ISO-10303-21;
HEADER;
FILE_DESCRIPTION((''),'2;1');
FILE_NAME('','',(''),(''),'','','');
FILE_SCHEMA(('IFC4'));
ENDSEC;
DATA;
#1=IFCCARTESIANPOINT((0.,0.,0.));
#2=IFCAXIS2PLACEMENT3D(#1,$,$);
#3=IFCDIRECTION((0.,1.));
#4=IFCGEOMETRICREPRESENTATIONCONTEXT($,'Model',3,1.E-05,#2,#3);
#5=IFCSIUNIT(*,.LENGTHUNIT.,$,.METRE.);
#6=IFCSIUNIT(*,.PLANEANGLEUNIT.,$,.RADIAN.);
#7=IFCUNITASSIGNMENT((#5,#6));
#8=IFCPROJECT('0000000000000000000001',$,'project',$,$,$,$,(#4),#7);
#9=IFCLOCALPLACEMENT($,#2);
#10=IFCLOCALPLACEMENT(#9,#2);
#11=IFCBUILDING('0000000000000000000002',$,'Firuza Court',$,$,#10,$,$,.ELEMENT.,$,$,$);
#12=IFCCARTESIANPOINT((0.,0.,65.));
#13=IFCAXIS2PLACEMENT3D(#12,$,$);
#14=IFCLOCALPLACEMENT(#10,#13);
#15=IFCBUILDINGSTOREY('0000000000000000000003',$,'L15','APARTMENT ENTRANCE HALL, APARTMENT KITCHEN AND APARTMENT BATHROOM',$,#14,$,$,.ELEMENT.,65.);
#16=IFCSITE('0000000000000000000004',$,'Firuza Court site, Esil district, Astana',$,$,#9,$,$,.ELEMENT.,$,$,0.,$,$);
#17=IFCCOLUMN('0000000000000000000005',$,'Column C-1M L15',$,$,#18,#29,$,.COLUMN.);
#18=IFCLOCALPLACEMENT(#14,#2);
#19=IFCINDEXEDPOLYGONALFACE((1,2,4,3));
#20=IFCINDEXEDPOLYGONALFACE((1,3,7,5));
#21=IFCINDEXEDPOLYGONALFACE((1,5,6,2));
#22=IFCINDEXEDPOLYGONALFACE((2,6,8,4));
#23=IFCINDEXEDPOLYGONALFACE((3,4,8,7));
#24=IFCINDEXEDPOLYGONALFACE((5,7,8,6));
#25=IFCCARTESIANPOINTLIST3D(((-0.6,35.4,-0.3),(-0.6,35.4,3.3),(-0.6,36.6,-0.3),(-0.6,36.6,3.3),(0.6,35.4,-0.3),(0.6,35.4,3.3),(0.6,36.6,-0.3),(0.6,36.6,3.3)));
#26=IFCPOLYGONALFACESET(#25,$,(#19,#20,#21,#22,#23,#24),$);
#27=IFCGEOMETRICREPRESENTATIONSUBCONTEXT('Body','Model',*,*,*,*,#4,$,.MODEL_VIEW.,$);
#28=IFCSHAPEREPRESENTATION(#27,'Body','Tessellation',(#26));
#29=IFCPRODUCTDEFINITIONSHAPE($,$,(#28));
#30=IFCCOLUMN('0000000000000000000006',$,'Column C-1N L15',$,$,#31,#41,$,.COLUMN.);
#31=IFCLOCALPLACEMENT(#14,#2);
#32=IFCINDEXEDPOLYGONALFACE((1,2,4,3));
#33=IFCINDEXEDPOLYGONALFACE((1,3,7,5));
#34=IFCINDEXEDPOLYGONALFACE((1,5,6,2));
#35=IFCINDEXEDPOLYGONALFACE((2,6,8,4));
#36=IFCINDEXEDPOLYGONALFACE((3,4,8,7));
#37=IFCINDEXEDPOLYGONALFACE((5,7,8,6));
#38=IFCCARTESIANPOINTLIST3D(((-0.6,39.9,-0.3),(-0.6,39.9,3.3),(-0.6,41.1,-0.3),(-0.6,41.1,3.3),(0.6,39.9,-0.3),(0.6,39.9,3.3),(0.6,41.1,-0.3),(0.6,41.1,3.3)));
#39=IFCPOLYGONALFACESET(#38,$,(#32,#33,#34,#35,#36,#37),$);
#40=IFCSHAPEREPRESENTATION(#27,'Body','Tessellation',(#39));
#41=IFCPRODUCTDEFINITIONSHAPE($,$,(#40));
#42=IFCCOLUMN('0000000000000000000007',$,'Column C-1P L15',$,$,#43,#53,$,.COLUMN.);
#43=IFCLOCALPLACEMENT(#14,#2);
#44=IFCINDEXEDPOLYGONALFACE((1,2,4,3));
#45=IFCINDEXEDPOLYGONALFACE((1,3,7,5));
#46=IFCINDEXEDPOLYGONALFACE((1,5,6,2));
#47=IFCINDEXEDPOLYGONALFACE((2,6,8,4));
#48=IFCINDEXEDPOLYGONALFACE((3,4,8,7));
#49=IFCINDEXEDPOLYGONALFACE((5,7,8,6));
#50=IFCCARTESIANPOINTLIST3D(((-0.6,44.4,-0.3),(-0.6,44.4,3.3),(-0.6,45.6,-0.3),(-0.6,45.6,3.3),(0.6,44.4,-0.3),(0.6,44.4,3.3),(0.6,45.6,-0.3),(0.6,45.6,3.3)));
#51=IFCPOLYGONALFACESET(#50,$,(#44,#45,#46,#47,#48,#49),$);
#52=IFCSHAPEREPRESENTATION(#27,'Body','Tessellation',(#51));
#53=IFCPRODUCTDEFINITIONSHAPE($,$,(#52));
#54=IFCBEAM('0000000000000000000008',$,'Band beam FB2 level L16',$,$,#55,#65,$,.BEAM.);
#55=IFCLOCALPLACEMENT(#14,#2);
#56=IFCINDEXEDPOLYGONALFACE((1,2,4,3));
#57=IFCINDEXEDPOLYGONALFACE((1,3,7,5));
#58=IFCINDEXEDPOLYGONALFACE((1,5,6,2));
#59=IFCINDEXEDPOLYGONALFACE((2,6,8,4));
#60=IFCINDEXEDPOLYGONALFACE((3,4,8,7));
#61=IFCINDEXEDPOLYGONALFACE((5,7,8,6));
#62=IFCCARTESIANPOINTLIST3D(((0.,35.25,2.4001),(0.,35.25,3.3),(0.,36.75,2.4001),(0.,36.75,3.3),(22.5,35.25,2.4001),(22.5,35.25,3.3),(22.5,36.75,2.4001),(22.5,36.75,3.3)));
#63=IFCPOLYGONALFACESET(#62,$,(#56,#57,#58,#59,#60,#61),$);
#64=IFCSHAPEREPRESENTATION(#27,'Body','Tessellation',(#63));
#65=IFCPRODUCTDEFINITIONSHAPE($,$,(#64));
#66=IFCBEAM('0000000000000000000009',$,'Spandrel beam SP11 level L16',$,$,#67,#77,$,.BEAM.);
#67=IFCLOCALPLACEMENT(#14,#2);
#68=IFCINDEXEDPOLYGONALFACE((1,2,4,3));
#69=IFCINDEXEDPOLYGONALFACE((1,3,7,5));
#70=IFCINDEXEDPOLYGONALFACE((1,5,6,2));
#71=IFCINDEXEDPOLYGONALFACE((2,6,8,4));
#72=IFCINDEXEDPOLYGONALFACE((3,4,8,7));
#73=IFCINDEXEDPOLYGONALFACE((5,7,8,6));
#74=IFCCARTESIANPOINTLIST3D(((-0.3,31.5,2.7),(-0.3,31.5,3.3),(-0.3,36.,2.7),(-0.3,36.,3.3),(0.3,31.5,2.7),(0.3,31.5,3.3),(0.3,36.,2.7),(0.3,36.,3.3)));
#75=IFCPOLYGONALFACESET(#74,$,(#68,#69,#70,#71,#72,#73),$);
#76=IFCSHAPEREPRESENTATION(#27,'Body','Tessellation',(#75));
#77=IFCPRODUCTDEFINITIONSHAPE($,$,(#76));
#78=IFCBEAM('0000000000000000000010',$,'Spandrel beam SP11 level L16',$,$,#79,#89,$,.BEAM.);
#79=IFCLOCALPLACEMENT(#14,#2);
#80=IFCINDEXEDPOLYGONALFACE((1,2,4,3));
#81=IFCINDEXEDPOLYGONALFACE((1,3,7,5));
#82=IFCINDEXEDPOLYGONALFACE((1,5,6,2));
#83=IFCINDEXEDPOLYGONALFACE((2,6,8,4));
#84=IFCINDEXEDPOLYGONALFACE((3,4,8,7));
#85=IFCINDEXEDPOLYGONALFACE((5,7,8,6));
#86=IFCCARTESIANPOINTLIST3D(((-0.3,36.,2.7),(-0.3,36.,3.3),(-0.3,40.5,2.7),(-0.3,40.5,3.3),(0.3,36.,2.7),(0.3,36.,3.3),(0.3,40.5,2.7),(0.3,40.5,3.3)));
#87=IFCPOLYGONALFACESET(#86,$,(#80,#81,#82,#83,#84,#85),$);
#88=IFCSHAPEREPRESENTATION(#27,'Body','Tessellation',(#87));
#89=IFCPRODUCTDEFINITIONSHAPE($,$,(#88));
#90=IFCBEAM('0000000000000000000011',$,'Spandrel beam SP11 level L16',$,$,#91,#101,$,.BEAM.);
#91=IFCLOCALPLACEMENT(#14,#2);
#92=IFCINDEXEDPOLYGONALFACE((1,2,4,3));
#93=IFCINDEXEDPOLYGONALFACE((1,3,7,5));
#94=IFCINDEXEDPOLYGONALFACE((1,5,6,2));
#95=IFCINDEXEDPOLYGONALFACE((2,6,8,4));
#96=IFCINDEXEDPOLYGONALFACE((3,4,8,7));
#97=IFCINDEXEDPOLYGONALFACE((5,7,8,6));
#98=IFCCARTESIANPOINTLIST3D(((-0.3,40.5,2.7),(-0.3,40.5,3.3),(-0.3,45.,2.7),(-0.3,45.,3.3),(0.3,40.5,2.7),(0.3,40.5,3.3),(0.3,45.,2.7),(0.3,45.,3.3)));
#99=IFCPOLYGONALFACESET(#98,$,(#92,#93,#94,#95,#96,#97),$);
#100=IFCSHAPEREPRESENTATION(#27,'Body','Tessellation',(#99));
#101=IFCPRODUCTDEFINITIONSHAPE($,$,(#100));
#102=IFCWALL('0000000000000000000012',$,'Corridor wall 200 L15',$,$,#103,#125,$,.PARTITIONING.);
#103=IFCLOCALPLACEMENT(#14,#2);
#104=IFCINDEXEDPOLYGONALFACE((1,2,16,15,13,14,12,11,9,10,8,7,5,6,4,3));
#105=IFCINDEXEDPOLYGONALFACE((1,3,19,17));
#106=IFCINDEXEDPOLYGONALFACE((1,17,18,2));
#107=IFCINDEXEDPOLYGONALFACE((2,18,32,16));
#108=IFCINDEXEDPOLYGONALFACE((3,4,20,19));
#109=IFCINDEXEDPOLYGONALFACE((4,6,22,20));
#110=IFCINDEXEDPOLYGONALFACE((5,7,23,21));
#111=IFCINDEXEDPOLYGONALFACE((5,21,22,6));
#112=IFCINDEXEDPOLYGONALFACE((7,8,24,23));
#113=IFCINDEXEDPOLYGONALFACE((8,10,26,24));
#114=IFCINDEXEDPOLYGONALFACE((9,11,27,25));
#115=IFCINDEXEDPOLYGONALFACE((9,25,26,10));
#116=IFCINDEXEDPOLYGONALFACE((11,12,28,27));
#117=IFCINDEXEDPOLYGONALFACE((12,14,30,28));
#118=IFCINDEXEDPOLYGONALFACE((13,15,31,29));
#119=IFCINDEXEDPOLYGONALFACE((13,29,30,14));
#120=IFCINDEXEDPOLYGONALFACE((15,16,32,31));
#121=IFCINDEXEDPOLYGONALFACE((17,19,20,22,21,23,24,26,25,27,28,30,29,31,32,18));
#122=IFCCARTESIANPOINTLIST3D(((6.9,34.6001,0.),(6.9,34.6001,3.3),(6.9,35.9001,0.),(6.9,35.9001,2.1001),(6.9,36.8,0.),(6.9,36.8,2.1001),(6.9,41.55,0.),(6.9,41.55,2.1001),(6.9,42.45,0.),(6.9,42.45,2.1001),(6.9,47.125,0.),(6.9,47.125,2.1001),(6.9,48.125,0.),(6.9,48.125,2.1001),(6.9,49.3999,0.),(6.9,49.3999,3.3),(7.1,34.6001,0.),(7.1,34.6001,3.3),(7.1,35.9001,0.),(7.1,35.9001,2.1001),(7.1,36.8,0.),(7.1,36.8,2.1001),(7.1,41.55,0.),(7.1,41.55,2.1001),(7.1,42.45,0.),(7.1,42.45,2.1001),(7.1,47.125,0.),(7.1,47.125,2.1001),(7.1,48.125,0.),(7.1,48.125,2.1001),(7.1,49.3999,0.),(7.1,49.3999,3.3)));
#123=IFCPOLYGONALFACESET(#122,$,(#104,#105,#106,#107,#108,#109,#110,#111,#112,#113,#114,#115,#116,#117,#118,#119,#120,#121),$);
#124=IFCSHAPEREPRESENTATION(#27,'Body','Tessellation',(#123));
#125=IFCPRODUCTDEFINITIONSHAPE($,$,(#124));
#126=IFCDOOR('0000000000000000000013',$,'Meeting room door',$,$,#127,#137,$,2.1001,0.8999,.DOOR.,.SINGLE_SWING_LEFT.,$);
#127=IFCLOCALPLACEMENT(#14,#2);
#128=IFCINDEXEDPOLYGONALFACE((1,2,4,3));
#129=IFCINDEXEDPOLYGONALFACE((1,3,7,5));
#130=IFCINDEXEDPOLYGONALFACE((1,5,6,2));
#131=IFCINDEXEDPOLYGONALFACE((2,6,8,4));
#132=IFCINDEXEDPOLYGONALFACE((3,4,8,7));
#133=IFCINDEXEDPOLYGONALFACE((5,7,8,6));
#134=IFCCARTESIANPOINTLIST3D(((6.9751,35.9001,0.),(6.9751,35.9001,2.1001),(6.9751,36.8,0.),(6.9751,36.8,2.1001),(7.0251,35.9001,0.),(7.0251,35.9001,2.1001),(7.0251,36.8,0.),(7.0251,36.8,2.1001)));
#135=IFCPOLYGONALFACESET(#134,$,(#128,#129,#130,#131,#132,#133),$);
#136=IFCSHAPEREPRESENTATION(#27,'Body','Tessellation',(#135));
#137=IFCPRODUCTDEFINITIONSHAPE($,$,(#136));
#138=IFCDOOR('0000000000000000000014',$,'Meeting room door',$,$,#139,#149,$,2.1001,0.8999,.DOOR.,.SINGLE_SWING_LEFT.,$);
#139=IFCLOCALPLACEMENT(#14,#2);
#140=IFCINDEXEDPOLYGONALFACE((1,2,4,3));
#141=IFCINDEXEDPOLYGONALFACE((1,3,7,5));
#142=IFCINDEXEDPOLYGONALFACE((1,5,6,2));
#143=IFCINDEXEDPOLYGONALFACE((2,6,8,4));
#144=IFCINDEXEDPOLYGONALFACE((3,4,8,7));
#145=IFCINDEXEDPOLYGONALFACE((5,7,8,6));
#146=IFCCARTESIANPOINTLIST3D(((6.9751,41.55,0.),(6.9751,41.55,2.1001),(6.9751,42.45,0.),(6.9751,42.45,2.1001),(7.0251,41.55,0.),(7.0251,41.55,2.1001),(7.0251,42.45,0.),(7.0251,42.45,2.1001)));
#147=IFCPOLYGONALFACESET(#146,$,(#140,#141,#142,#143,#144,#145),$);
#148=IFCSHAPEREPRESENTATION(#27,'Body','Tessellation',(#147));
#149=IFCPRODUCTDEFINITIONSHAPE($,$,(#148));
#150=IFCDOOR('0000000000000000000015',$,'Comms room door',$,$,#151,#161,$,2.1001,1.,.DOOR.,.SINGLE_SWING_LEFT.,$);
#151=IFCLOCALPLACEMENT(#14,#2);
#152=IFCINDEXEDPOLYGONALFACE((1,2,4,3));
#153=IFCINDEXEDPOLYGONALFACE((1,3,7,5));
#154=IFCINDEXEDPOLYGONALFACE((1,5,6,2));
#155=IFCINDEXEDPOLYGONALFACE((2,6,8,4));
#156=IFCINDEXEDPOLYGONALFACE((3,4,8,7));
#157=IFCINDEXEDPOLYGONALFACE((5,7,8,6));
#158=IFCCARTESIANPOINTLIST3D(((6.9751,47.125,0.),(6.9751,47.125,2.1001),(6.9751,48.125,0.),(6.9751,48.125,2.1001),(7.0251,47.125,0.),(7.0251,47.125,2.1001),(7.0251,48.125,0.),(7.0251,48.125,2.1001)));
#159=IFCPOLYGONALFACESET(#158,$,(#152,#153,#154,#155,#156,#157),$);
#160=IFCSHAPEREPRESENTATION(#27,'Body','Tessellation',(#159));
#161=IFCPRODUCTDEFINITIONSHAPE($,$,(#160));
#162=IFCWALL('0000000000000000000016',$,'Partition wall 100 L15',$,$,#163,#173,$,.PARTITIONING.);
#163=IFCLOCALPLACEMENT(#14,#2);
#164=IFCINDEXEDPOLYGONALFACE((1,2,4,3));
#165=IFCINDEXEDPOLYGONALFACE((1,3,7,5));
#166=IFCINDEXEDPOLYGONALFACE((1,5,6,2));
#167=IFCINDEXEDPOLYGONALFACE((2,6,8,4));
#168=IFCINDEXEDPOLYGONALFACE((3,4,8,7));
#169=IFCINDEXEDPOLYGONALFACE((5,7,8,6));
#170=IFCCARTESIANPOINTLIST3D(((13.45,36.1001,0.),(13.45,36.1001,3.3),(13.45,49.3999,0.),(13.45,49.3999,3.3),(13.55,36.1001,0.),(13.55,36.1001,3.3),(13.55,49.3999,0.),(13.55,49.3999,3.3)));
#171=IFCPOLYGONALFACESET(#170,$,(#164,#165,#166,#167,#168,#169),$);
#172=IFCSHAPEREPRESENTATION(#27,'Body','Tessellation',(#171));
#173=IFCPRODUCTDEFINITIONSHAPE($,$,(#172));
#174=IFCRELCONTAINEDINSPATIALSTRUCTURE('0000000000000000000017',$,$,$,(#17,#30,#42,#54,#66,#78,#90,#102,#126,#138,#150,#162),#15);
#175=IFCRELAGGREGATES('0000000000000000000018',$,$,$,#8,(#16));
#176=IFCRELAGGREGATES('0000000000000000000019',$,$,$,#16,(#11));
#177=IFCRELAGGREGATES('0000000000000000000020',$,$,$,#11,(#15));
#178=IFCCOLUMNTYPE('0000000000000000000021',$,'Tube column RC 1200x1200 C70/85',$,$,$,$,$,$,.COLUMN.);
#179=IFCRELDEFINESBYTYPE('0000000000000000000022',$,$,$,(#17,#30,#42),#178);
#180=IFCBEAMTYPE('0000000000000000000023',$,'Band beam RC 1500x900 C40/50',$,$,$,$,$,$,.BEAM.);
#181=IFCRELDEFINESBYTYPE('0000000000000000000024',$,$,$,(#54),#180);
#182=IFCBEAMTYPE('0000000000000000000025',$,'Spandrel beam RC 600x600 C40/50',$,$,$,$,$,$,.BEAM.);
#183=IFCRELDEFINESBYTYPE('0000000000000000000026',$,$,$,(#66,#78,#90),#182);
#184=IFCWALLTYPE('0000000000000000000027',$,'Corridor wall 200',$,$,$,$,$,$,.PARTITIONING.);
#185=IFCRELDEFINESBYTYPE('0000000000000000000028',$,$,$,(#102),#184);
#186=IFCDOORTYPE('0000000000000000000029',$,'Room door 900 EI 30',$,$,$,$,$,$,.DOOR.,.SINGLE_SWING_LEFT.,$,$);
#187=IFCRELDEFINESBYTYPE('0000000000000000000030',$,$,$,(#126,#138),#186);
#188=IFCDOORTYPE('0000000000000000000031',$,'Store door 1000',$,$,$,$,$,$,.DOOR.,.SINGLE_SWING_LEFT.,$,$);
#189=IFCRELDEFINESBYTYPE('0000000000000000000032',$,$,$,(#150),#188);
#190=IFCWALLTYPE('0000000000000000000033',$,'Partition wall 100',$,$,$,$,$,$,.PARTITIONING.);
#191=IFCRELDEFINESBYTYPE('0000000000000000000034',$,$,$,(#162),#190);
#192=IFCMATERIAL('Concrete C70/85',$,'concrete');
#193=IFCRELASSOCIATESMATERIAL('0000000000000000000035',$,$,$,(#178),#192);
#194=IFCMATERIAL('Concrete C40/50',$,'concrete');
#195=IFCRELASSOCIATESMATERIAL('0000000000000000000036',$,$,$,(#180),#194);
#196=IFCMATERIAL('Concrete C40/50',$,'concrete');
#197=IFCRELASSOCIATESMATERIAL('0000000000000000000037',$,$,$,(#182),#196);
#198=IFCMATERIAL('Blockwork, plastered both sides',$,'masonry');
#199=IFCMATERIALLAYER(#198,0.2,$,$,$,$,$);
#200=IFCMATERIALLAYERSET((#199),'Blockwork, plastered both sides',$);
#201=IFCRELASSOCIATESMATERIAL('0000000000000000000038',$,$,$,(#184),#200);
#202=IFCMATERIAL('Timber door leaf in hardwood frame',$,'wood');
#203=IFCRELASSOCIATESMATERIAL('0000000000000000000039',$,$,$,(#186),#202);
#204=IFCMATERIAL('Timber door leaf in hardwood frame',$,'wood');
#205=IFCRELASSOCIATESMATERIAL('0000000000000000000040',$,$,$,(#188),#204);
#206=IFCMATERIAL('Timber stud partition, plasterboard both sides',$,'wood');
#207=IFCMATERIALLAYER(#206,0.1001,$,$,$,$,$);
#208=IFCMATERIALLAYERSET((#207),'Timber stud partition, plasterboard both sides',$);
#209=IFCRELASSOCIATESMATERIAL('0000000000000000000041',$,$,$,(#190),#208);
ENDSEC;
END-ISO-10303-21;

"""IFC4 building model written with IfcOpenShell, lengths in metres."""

from ifc_helpers import new_model, si_unit, direction, frame, frame_2d, origin, origin_2d, place, context, subcontext, project, spatial, rectangle, extrude, material, layer, layer_set, material_profile, profile_set, type_object, element, fill, save


model = new_model("IFC4")

# Units and contexts
model_context = context("Model", 3, precision=1e-05, world=origin(), true_north=direction((0.0, 1.0)))
body_context = subcontext(model_context, "Body", "Model", "MODEL_VIEW")
ifc_project = project(units=[si_unit("LENGTHUNIT", "METRE"), si_unit("PLANEANGLEUNIT", "RADIAN")], contexts=[model_context])

# Site, building, storey
site_placement = place(None, origin())
site = spatial("IfcSite", under=ifc_project, at=site_placement, Name="Firuza Court site, Esil district, Astana", CompositionType="ELEMENT", RefElevation=0.0)
building_placement = place(site_placement, origin())
building = spatial("IfcBuilding", under=site, at=building_placement, Name="Firuza Court", CompositionType="ELEMENT")
storey_placement = place(building_placement, frame((0.0, 0.0, 65.0)))
storey = spatial("IfcBuildingStorey", under=building, at=storey_placement, Name="L15", Description="APARTMENT ENTRANCE HALL, APARTMENT KITCHEN AND APARTMENT BATHROOM", CompositionType="ELEMENT", Elevation=65.0)

# Columns
ifc_material_1 = material(Name="Concrete C70/85", Category="concrete")
ifc_material_profile_1 = material_profile(ifc_material_1, rectangle(XDim=1.2, YDim=1.2, at=origin_2d()), Name="RC 1200x1200")
ifc_profile_set_1 = profile_set([ifc_material_profile_1], Name="Concrete C70/85")
column_type = type_object("IfcColumnType", Name="Tube column RC 1200x1200 C70/85", PredefinedType="COLUMN", material=ifc_profile_set_1)
for number, where, z_axis, x_axis, name in (
    (1, (0.0, 36.0, -0.3), (0.0, 0.0, 1.0), (1.0, 0.0, 0.0), "Column C-1M L15"),
    (2, (0.0, 40.5, -0.3), (0.0, 0.0, 1.0), (1.0, 0.0, 0.0), "Column C-1N L15"),
    (3, (0.0, 45.0, -0.3), (0.0, 0.0, 1.0), (1.0, 0.0, 0.0), "Column C-1P L15"),
):
    element("IfcColumn", number, at=place(storey_placement, frame(where, z_axis=z_axis, x_axis=x_axis)), inside=storey, type_object=column_type, Name=name, PredefinedType="COLUMN", context=body_context, shape_type="SweptSolid", body=[
        extrude(rectangle(XDim=1.2, YDim=1.2, at=origin_2d()), origin(), (0.0, 0.0, 1.0), 3.6001),
    ])

# Beams
ifc_material_2 = material(Name="Concrete C40/50", Category="concrete")
ifc_material_profile_2 = material_profile(ifc_material_2, rectangle(XDim=1.5, YDim=0.8999, at=origin_2d()), Name="RC 1500x900")
ifc_profile_set_2 = profile_set([ifc_material_profile_2], Name="Concrete C40/50")
beam_type_1 = type_object("IfcBeamType", Name="Band beam RC 1500x900 C40/50", PredefinedType="BEAM", material=ifc_profile_set_2)
beam_placement = place(storey_placement, frame((0.0, 36.0, 2.8501), z_axis=(1.0, 0.0, 0.0), x_axis=(0.0, 1.0, 0.0)))
element("IfcBeam", 4, at=beam_placement, inside=storey, type_object=beam_type_1, Name="Band beam FB2 level L16", PredefinedType="BEAM", context=body_context, shape_type="SweptSolid", body=[
    extrude(rectangle(XDim=1.5, YDim=0.8999, at=origin_2d()), origin(), (0.0, 0.0, 1.0), 22.5),
])
ifc_material_3 = material(Name="Concrete C40/50", Category="concrete")
ifc_material_profile_3 = material_profile(ifc_material_3, rectangle(XDim=0.6001, YDim=0.6001, at=origin_2d()), Name="RC 600x600")
ifc_profile_set_3 = profile_set([ifc_material_profile_3], Name="Concrete C40/50")
beam_type_2 = type_object("IfcBeamType", Name="Spandrel beam RC 600x600 C40/50", PredefinedType="BEAM", material=ifc_profile_set_3)
for number, where, z_axis, x_axis, name in (
    (5, (0.0, 36.0, 3.0), (0.0, -1.0, 0.0), (1.0, 0.0, 0.0), "Spandrel beam SP11 level L16"),
    (6, (0.0, 40.5, 3.0), (0.0, -1.0, 0.0), (1.0, 0.0, 0.0), "Spandrel beam SP11 level L16"),
    (7, (0.0, 45.0, 3.0), (0.0, -1.0, 0.0), (1.0, 0.0, 0.0), "Spandrel beam SP11 level L16"),
):
    element("IfcBeam", number, at=place(storey_placement, frame(where, z_axis=z_axis, x_axis=x_axis)), inside=storey, type_object=beam_type_2, Name=name, PredefinedType="BEAM", context=body_context, shape_type="SweptSolid", body=[
        extrude(rectangle(XDim=0.6001, YDim=0.6001, at=origin_2d()), origin(), (0.0, 0.0, 1.0), 4.5),
    ])

# Wall, openings, doors
ifc_material_4 = material(Name="Blockwork, plastered both sides", Category="masonry")
ifc_layer_1 = layer(ifc_material_4, 0.2)
ifc_layer_set_1 = layer_set([ifc_layer_1], Name="Blockwork, plastered both sides")
wall_type_1 = type_object("IfcWallType", Name="Corridor wall 200", PredefinedType="PARTITIONING", material=ifc_layer_set_1)
wall_1_placement = place(storey_placement, frame((7.0, 34.6001, 0.0), z_axis=(0.0, 0.0, 1.0), x_axis=(0.0, 1.0, 0.0)))
wall_1 = element("IfcWall", 8, at=wall_1_placement, inside=storey, type_object=wall_type_1, Name="Corridor wall 200 L15", PredefinedType="PARTITIONING", context=body_context, shape_type="SweptSolid", body=[
    extrude(rectangle(XDim=14.7998, YDim=0.2, at=frame_2d((7.3999, 0.0))), origin(), (0.0, 0.0, 1.0), 3.3),
])
opening_1_placement = place(wall_1_placement, frame((1.3, 0.0, 0.0)))
opening_1 = element("IfcOpeningElement", 9, at=opening_1_placement, cuts=wall_1, PredefinedType="OPENING", context=body_context, shape_type="SweptSolid", body=[
    extrude(rectangle(XDim=0.8999, YDim=2.1001, at=frame_2d((0.45, 1.05))), frame((0.0, 0.1118, 0.0), z_axis=(0.0, -1.0, 0.0), x_axis=(1.0, 0.0, 0.0)), (0.0, 0.0, 1.0), 0.2239),
])
opening_2_placement = place(wall_1_placement, frame((6.95, 0.0, 0.0)))
opening_2 = element("IfcOpeningElement", 10, at=opening_2_placement, cuts=wall_1, PredefinedType="OPENING", context=body_context, shape_type="SweptSolid", body=[
    extrude(rectangle(XDim=0.8999, YDim=2.1001, at=frame_2d((0.45, 1.05))), frame((0.0, 0.1118, 0.0), z_axis=(0.0, -1.0, 0.0), x_axis=(1.0, 0.0, 0.0)), (0.0, 0.0, 1.0), 0.2239),
])
opening_3_placement = place(wall_1_placement, frame((12.5249, 0.0, 0.0)))
opening_3 = element("IfcOpeningElement", 11, at=opening_3_placement, cuts=wall_1, PredefinedType="OPENING", context=body_context, shape_type="SweptSolid", body=[
    extrude(rectangle(XDim=1.0, YDim=2.1001, at=frame_2d((0.5, 1.05))), frame((0.0, 0.1118, 0.0), z_axis=(0.0, -1.0, 0.0), x_axis=(1.0, 0.0, 0.0)), (0.0, 0.0, 1.0), 0.2239),
])
ifc_material_5 = material(Name="Timber door leaf in hardwood frame", Category="wood")
door_type_1 = type_object("IfcDoorType", Name="Room door 900 EI 30", OperationType="SINGLE_SWING_LEFT", PredefinedType="DOOR", material=ifc_material_5)
door_1_placement = place(opening_1_placement, origin())
door_1 = element("IfcDoor", 12, at=door_1_placement, inside=storey, type_object=door_type_1, Name="Meeting room door", OperationType="SINGLE_SWING_LEFT", OverallHeight=2.1001, OverallWidth=0.8999, PredefinedType="DOOR", context=body_context, shape_type="SweptSolid", body=[
    extrude(rectangle(XDim=0.8999, YDim=2.1001, at=frame_2d((0.45, 1.05))), frame((0.0, 0.0249, 0.0), z_axis=(0.0, -1.0, 0.0), x_axis=(1.0, 0.0, 0.0)), (0.0, 0.0, 1.0), 0.05),
])
fill(opening_1, door_1)
door_2_placement = place(opening_2_placement, origin())
door_2 = element("IfcDoor", 13, at=door_2_placement, inside=storey, type_object=door_type_1, Name="Meeting room door", OperationType="SINGLE_SWING_LEFT", OverallHeight=2.1001, OverallWidth=0.8999, PredefinedType="DOOR", context=body_context, shape_type="SweptSolid", body=[
    extrude(rectangle(XDim=0.8999, YDim=2.1001, at=frame_2d((0.45, 1.05))), frame((0.0, 0.0249, 0.0), z_axis=(0.0, -1.0, 0.0), x_axis=(1.0, 0.0, 0.0)), (0.0, 0.0, 1.0), 0.05),
])
fill(opening_2, door_2)
ifc_material_6 = material(Name="Timber door leaf in hardwood frame", Category="wood")
door_type_2 = type_object("IfcDoorType", Name="Store door 1000", OperationType="SINGLE_SWING_LEFT", PredefinedType="DOOR", material=ifc_material_6)
door_3_placement = place(opening_3_placement, origin())
door_3 = element("IfcDoor", 14, at=door_3_placement, inside=storey, type_object=door_type_2, Name="Comms room door", OperationType="SINGLE_SWING_LEFT", OverallHeight=2.1001, OverallWidth=1.0, PredefinedType="DOOR", context=body_context, shape_type="SweptSolid", body=[
    extrude(rectangle(XDim=1.0, YDim=2.1001, at=frame_2d((0.5, 1.05))), frame((0.0, 0.0249, 0.0), z_axis=(0.0, -1.0, 0.0), x_axis=(1.0, 0.0, 0.0)), (0.0, 0.0, 1.0), 0.05),
])
fill(opening_3, door_3)

# Wall
ifc_material_7 = material(Name="Timber stud partition, plasterboard both sides", Category="wood")
ifc_layer_2 = layer(ifc_material_7, 0.1001)
ifc_layer_set_2 = layer_set([ifc_layer_2], Name="Timber stud partition, plasterboard both sides")
wall_type_2 = type_object("IfcWallType", Name="Partition wall 100", PredefinedType="PARTITIONING", material=ifc_layer_set_2)
wall_2_placement = place(storey_placement, frame((13.5, 36.1001, 0.0), z_axis=(0.0, 0.0, 1.0), x_axis=(0.0, 1.0, 0.0)))
element("IfcWall", 15, at=wall_2_placement, inside=storey, type_object=wall_type_2, Name="Partition wall 100 L15", PredefinedType="PARTITIONING", context=body_context, shape_type="SweptSolid", body=[
    extrude(rectangle(XDim=13.2998, YDim=0.1001, at=frame_2d((6.6499, 0.0))), origin(), (0.0, 0.0, 1.0), 3.3),
])

save(model, "model.ifc")
